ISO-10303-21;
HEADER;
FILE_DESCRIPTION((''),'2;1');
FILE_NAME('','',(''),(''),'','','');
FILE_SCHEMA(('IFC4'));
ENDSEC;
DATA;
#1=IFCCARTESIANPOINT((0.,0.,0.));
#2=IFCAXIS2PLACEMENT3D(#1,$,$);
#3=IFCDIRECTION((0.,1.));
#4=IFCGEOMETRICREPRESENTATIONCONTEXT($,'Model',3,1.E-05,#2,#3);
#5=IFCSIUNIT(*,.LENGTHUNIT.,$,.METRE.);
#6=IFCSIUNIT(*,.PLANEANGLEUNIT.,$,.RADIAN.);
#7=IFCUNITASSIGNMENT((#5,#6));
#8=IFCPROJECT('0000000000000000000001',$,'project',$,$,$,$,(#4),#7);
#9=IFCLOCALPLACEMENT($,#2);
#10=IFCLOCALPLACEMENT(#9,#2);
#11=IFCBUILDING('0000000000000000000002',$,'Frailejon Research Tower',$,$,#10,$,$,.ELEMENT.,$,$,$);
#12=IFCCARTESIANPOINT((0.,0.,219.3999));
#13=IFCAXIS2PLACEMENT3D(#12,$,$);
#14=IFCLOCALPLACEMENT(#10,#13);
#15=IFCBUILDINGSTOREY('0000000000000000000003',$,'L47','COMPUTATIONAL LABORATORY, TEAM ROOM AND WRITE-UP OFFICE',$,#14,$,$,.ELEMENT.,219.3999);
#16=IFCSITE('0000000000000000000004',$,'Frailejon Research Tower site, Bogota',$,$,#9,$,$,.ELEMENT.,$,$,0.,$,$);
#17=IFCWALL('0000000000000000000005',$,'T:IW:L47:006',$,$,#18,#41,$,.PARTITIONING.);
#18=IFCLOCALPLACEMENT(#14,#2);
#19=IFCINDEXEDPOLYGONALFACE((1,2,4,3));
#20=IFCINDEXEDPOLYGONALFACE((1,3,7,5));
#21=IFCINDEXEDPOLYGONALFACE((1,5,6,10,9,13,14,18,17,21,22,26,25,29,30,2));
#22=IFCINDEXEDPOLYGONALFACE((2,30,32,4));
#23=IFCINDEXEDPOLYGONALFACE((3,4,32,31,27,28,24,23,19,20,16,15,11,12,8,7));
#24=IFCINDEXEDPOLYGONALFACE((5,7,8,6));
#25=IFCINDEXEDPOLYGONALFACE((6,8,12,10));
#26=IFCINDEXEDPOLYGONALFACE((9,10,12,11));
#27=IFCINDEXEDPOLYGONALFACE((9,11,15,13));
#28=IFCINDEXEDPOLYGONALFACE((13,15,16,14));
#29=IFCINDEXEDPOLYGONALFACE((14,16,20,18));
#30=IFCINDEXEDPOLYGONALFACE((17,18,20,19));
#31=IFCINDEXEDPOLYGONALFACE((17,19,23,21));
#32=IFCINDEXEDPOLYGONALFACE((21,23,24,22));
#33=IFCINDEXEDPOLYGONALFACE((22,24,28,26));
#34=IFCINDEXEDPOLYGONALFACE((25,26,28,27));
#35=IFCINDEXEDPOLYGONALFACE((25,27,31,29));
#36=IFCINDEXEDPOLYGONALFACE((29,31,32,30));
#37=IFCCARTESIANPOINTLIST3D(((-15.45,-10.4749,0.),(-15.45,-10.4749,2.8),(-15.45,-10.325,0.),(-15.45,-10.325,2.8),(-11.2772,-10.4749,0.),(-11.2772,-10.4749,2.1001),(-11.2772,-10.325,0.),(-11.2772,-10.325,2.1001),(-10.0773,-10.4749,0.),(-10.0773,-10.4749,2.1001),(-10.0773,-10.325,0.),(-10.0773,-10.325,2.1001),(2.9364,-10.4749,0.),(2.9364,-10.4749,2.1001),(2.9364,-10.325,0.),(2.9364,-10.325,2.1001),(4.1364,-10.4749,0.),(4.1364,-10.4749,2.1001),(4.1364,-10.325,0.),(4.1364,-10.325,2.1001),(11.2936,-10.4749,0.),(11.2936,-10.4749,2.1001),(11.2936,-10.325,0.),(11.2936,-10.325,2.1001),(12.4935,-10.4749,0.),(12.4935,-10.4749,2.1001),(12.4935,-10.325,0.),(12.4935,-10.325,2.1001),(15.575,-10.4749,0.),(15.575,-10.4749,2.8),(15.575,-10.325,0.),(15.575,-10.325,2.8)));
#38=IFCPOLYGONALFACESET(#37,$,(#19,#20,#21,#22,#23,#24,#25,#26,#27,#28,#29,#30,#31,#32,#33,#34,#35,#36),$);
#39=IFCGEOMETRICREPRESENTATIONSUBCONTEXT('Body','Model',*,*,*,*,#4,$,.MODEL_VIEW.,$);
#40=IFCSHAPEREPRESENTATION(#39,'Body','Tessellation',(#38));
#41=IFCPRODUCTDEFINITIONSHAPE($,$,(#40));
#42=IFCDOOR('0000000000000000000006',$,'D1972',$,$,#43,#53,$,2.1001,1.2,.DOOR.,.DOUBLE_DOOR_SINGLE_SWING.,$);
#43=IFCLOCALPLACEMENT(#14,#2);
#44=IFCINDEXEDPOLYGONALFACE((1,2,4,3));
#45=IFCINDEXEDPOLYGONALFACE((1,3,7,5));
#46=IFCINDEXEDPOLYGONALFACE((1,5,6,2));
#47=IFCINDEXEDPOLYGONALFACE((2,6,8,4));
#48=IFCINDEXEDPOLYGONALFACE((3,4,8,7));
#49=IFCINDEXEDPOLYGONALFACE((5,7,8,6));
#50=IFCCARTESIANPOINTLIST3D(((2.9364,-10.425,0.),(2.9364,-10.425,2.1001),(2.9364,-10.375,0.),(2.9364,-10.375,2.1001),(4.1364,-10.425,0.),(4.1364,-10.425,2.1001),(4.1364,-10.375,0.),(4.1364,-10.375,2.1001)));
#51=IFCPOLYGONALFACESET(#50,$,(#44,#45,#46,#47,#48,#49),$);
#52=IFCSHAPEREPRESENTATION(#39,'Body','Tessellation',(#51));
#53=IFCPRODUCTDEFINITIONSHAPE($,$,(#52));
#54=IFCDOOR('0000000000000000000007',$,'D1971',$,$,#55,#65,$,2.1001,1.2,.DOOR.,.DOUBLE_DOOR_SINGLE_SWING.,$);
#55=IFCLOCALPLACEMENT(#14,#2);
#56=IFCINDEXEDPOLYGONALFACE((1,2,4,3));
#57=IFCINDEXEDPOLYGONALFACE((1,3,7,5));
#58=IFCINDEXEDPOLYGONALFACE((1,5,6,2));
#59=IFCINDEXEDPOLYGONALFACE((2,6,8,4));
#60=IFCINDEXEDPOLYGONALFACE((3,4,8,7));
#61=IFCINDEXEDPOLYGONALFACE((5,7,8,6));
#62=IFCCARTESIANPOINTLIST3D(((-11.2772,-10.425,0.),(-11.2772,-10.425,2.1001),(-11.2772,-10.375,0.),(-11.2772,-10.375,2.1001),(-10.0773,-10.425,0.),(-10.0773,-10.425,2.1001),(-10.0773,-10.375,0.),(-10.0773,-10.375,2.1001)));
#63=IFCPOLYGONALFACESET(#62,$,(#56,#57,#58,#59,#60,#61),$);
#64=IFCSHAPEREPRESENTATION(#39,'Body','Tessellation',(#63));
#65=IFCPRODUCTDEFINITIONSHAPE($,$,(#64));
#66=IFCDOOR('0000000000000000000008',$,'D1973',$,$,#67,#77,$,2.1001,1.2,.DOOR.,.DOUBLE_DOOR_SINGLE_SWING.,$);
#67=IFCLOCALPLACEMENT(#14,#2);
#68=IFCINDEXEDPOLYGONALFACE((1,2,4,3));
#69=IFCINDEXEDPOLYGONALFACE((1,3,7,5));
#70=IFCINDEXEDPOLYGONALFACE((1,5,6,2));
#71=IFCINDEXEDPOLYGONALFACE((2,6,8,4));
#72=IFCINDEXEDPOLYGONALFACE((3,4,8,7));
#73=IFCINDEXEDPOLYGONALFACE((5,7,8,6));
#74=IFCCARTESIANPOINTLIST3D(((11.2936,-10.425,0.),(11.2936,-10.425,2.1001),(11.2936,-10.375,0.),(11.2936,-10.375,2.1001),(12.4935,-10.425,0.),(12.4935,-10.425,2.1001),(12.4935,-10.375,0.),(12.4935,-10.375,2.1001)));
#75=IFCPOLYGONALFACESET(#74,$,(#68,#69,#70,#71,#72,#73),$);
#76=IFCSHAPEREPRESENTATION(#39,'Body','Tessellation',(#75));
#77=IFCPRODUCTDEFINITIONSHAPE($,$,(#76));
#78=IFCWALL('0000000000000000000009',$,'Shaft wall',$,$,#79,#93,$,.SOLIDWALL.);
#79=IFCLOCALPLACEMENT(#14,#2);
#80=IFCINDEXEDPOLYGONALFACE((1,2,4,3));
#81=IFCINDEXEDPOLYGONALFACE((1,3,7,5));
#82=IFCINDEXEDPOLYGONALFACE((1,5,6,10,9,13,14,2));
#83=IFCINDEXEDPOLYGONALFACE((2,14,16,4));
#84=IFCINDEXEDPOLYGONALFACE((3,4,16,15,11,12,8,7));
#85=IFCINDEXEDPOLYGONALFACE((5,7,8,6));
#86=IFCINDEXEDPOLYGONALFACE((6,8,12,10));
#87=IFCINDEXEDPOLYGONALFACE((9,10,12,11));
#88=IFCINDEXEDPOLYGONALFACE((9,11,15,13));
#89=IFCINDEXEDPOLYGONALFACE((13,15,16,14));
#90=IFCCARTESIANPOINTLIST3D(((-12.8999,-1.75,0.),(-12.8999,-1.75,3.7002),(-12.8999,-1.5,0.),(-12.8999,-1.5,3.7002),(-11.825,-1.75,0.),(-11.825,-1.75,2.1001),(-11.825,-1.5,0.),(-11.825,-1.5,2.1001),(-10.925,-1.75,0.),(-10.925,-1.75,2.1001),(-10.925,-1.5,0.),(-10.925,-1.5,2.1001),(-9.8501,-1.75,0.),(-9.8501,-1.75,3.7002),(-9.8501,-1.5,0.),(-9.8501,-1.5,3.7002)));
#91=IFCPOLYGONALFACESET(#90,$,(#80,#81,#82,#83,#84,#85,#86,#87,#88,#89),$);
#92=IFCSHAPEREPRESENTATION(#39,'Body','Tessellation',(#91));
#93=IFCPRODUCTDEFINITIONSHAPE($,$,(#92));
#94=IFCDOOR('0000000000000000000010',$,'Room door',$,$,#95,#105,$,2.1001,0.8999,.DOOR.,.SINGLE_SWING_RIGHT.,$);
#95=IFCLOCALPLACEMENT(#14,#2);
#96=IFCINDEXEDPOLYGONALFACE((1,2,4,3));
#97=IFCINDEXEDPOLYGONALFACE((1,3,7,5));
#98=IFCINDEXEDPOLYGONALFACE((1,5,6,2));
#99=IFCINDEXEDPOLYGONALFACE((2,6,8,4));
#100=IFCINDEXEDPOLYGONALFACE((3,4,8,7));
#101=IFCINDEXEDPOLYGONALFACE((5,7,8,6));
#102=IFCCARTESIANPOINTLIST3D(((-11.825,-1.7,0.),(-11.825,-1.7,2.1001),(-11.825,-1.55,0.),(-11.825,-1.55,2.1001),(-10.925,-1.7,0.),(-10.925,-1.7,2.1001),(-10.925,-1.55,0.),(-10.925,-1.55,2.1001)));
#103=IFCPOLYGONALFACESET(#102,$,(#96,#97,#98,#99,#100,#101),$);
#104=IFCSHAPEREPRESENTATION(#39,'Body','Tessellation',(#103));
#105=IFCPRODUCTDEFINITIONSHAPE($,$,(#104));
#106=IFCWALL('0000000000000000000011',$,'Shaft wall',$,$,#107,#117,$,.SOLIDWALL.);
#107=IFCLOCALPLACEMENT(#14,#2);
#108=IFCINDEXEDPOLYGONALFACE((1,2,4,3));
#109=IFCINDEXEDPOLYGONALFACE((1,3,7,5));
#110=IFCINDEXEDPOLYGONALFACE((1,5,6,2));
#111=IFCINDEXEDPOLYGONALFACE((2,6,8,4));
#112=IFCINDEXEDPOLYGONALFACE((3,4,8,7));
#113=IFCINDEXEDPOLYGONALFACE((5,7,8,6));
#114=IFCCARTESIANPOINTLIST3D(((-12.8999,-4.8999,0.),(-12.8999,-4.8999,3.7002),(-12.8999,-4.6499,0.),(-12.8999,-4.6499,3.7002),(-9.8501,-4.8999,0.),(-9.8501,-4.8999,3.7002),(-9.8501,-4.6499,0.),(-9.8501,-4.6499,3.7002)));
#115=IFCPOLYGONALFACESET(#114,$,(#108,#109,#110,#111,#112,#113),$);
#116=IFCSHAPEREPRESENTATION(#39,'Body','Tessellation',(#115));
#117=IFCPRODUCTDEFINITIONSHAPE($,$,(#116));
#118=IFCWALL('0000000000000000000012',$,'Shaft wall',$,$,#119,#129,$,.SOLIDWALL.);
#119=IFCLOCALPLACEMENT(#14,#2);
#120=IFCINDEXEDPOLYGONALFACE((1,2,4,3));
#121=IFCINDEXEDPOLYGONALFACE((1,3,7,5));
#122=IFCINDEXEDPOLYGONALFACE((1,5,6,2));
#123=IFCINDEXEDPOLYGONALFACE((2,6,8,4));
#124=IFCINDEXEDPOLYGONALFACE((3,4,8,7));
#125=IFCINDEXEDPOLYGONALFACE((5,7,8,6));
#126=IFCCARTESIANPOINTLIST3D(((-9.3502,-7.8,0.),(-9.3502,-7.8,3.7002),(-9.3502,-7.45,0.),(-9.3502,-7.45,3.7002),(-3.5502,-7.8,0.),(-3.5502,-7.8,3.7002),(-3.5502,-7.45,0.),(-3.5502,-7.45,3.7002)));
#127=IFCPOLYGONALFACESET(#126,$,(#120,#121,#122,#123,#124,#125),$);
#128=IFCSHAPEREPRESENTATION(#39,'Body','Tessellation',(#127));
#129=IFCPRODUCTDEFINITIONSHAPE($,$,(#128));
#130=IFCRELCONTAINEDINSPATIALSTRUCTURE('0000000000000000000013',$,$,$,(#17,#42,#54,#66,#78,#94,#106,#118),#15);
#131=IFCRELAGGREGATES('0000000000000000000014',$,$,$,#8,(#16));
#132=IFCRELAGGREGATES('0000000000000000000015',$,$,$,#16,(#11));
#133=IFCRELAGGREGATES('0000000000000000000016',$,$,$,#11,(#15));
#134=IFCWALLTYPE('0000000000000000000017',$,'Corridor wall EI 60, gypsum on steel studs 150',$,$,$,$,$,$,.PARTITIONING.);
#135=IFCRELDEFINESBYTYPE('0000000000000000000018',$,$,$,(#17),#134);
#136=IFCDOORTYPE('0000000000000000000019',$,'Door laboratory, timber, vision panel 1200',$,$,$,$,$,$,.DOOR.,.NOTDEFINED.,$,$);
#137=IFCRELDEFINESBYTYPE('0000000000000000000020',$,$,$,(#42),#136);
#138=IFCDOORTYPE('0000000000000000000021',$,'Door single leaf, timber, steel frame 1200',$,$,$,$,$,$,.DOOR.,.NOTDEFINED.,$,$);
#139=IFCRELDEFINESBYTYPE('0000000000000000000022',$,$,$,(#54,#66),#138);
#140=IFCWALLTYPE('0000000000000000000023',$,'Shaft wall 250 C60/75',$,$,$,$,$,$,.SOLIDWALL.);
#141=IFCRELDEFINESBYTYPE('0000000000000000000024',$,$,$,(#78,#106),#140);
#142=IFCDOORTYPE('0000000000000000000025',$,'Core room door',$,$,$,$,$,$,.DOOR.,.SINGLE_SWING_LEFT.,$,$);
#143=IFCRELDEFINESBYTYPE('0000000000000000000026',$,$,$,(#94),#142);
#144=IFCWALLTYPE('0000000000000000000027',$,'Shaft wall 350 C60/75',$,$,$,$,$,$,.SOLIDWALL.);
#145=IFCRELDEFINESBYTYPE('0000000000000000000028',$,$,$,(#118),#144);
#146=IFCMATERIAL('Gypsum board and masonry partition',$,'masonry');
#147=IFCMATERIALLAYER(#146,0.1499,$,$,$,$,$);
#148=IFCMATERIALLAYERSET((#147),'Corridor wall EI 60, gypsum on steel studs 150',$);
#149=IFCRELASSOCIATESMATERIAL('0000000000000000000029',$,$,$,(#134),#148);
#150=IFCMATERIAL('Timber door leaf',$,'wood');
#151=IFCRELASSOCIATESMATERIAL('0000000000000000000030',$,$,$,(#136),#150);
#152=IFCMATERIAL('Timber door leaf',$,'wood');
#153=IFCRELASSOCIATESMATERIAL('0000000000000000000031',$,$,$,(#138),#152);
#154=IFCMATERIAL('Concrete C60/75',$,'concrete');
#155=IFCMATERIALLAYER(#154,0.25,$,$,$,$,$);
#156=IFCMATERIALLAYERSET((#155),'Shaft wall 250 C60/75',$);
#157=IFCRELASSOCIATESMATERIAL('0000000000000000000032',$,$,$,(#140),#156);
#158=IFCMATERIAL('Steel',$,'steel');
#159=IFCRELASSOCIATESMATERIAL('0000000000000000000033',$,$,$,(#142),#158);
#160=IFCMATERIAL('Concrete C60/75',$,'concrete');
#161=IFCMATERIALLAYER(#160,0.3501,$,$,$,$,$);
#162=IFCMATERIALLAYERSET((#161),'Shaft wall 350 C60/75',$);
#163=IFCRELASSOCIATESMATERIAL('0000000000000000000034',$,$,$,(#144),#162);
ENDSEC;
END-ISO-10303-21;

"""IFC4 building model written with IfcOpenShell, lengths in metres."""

from ifc_helpers import new_model, si_unit, direction, frame, frame_2d, origin, place, context, subcontext, project, spatial, rectangle, extrude, material, layer, layer_set, type_object, element, fill, save


model = new_model("IFC4")

# Units and contexts
model_context = context("Model", 3, precision=1e-05, world=origin(), true_north=direction((0.0, 1.0)))
body_context = subcontext(model_context, "Body", "Model", "MODEL_VIEW")
ifc_project = project(units=[si_unit("LENGTHUNIT", "METRE"), si_unit("PLANEANGLEUNIT", "RADIAN")], contexts=[model_context])

# Site, building, storey
site_placement = place(None, origin())
site = spatial("IfcSite", under=ifc_project, at=site_placement, Name="Frailejon Research Tower site, Bogota", CompositionType="ELEMENT", RefElevation=0.0)
building_placement = place(site_placement, origin())
building = spatial("IfcBuilding", under=site, at=building_placement, Name="Frailejon Research Tower", CompositionType="ELEMENT")
storey_placement = place(building_placement, frame((0.0, 0.0, 219.3999)))
storey = spatial("IfcBuildingStorey", under=building, at=storey_placement, Name="L47", Description="COMPUTATIONAL LABORATORY, TEAM ROOM AND WRITE-UP OFFICE", CompositionType="ELEMENT", Elevation=219.3999)

# Shared definitions
ifc_material_1 = material(Name="Gypsum board and masonry partition", Category="masonry")
ifc_layer_1 = layer(ifc_material_1, 0.1499)
ifc_layer_set_1 = layer_set([ifc_layer_1], Name="Corridor wall EI 60, gypsum on steel studs 150")
wall_type_1 = type_object("IfcWallType", Name="Corridor wall EI 60, gypsum on steel studs 150", PredefinedType="PARTITIONING", material=ifc_layer_set_1)

# Wall, openings, doors
wall_1_placement = place(storey_placement, frame((-15.45, -10.3999, 0.0), z_axis=(0.0, 0.0, 1.0), x_axis=(1.0, 0.0, 0.0)))
wall_1 = element("IfcWall", 1, at=wall_1_placement, inside=storey, type_object=wall_type_1, Name="T:IW:L47:006", PredefinedType="PARTITIONING", context=body_context, shape_type="SweptSolid", body=[
    extrude(rectangle(XDim=31.0249, YDim=0.1499, at=frame_2d((15.5125, 0.0))), origin(), (0.0, 0.0, 1.0), 2.8),
])
opening_1_placement = place(wall_1_placement, frame((4.1726, 0.0, 0.0)))
opening_1 = element("IfcOpeningElement", 2, at=opening_1_placement, cuts=wall_1, PredefinedType="OPENING", context=body_context, shape_type="SweptSolid", body=[
    extrude(rectangle(XDim=1.2, YDim=2.1001, at=frame_2d((0.6001, 1.05))), frame((0.0, 0.085, 0.0), z_axis=(0.0, -1.0, 0.0), x_axis=(1.0, 0.0, 0.0)), (0.0, 0.0, 1.0), 0.1699),
])
opening_2_placement = place(wall_1_placement, frame((18.3862, 0.0, 0.0)))
opening_2 = element("IfcOpeningElement", 3, at=opening_2_placement, cuts=wall_1, PredefinedType="OPENING", context=body_context, shape_type="SweptSolid", body=[
    extrude(rectangle(XDim=1.2, YDim=2.1001, at=frame_2d((0.6001, 1.05))), frame((0.0, 0.085, 0.0), z_axis=(0.0, -1.0, 0.0), x_axis=(1.0, 0.0, 0.0)), (0.0, 0.0, 1.0), 0.1699),
])
opening_3_placement = place(wall_1_placement, frame((26.7434, 0.0, 0.0)))
opening_3 = element("IfcOpeningElement", 4, at=opening_3_placement, cuts=wall_1, PredefinedType="OPENING", context=body_context, shape_type="SweptSolid", body=[
    extrude(rectangle(XDim=1.2, YDim=2.1001, at=frame_2d((0.6001, 1.05))), frame((0.0, 0.085, 0.0), z_axis=(0.0, -1.0, 0.0), x_axis=(1.0, 0.0, 0.0)), (0.0, 0.0, 1.0), 0.1699),
])
ifc_material_2 = material(Name="Timber door leaf", Category="wood")
door_type_1 = type_object("IfcDoorType", Name="Door laboratory, timber, vision panel 1200", OperationType="NOTDEFINED", PredefinedType="DOOR", material=ifc_material_2)
door_1_placement = place(opening_2_placement, origin())
door_1 = element("IfcDoor", 5, at=door_1_placement, inside=storey, type_object=door_type_1, Name="D1972", OperationType="DOUBLE_DOOR_SINGLE_SWING", OverallHeight=2.1001, OverallWidth=1.2, PredefinedType="DOOR", context=body_context, shape_type="SweptSolid", body=[
    extrude(rectangle(XDim=1.2, YDim=2.1001, at=frame_2d((0.6001, 1.05))), frame((0.0, 0.0249, 0.0), z_axis=(0.0, -1.0, 0.0), x_axis=(1.0, 0.0, 0.0)), (0.0, 0.0, 1.0), 0.05),
])
fill(opening_2, door_1)
ifc_material_3 = material(Name="Timber door leaf", Category="wood")
door_type_2 = type_object("IfcDoorType", Name="Door single leaf, timber, steel frame 1200", OperationType="NOTDEFINED", PredefinedType="DOOR", material=ifc_material_3)
door_2_placement = place(opening_1_placement, origin())
door_2 = element("IfcDoor", 6, at=door_2_placement, inside=storey, type_object=door_type_2, Name="D1971", OperationType="DOUBLE_DOOR_SINGLE_SWING", OverallHeight=2.1001, OverallWidth=1.2, PredefinedType="DOOR", context=body_context, shape_type="SweptSolid", body=[
    extrude(rectangle(XDim=1.2, YDim=2.1001, at=frame_2d((0.6001, 1.05))), frame((0.0, 0.0249, 0.0), z_axis=(0.0, -1.0, 0.0), x_axis=(1.0, 0.0, 0.0)), (0.0, 0.0, 1.0), 0.05),
])
fill(opening_1, door_2)
door_3_placement = place(opening_3_placement, origin())
door_3 = element("IfcDoor", 7, at=door_3_placement, inside=storey, type_object=door_type_2, Name="D1973", OperationType="DOUBLE_DOOR_SINGLE_SWING", OverallHeight=2.1001, OverallWidth=1.2, PredefinedType="DOOR", context=body_context, shape_type="SweptSolid", body=[
    extrude(rectangle(XDim=1.2, YDim=2.1001, at=frame_2d((0.6001, 1.05))), frame((0.0, 0.0249, 0.0), z_axis=(0.0, -1.0, 0.0), x_axis=(1.0, 0.0, 0.0)), (0.0, 0.0, 1.0), 0.05),
])
fill(opening_3, door_3)

# Wall, opening, door
ifc_material_4 = material(Name="Concrete C60/75", Category="concrete")
ifc_layer_2 = layer(ifc_material_4, 0.25)
ifc_layer_set_2 = layer_set([ifc_layer_2], Name="Shaft wall 250 C60/75")
wall_type_2 = type_object("IfcWallType", Name="Shaft wall 250 C60/75", PredefinedType="SOLIDWALL", material=ifc_layer_set_2)
wall_2_placement = place(storey_placement, frame((-12.8999, -1.625, 0.0), z_axis=(0.0, 0.0, 1.0), x_axis=(1.0, 0.0, 0.0)))
wall_2 = element("IfcWall", 8, at=wall_2_placement, inside=storey, type_object=wall_type_2, Name="Shaft wall", PredefinedType="SOLIDWALL", context=body_context, shape_type="SweptSolid", body=[
    extrude(rectangle(XDim=3.0498, YDim=0.25, at=frame_2d((1.5249, 0.0))), origin(), (0.0, 0.0, 1.0), 3.7002),
])
opening_4_placement = place(wall_2_placement, frame((1.075, 0.0, 0.0)))
opening_4 = element("IfcOpeningElement", 9, at=opening_4_placement, cuts=wall_2, PredefinedType="OPENING", context=body_context, shape_type="SweptSolid", body=[
    extrude(rectangle(XDim=0.8999, YDim=2.1001, at=frame_2d((0.45, 1.05))), frame((0.0, 0.135, 0.0), z_axis=(0.0, -1.0, 0.0), x_axis=(1.0, 0.0, 0.0)), (0.0, 0.0, 1.0), 0.27),
])
ifc_material_5 = material(Name="Steel", Category="steel")
door_type_3 = type_object("IfcDoorType", Name="Core room door", OperationType="SINGLE_SWING_LEFT", PredefinedType="DOOR", material=ifc_material_5)
door_4_placement = place(opening_4_placement, origin())
door_4 = element("IfcDoor", 10, at=door_4_placement, inside=storey, type_object=door_type_3, Name="Room door", OperationType="SINGLE_SWING_RIGHT", OverallHeight=2.1001, OverallWidth=0.8999, PredefinedType="DOOR", context=body_context, shape_type="SweptSolid", body=[
    extrude(rectangle(XDim=0.8999, YDim=2.1001, at=frame_2d((0.45, 1.05))), frame((0.0, 0.075, 0.0), z_axis=(0.0, -1.0, 0.0), x_axis=(1.0, 0.0, 0.0)), (0.0, 0.0, 1.0), 0.1499),
])
fill(opening_4, door_4)

# Walls
wall_3_placement = place(storey_placement, frame((-12.8999, -4.7749, 0.0), z_axis=(0.0, 0.0, 1.0), x_axis=(1.0, 0.0, 0.0)))
element("IfcWall", 11, at=wall_3_placement, inside=storey, type_object=wall_type_2, Name="Shaft wall", PredefinedType="SOLIDWALL", context=body_context, shape_type="SweptSolid", body=[
    extrude(rectangle(XDim=3.0498, YDim=0.25, at=frame_2d((1.5249, 0.0))), origin(), (0.0, 0.0, 1.0), 3.7002),
])
ifc_material_6 = material(Name="Concrete C60/75", Category="concrete")
ifc_layer_3 = layer(ifc_material_6, 0.3501)
ifc_layer_set_3 = layer_set([ifc_layer_3], Name="Shaft wall 350 C60/75")
wall_type_3 = type_object("IfcWallType", Name="Shaft wall 350 C60/75", PredefinedType="SOLIDWALL", material=ifc_layer_set_3)
wall_4_placement = place(storey_placement, frame((-9.3501, -7.625, 0.0), z_axis=(0.0, 0.0, 1.0), x_axis=(1.0, 0.0, 0.0)))
element("IfcWall", 12, at=wall_4_placement, inside=storey, type_object=wall_type_3, Name="Shaft wall", PredefinedType="SOLIDWALL", context=body_context, shape_type="SweptSolid", body=[
    extrude(rectangle(XDim=5.8, YDim=0.3501, at=frame_2d((2.8999, 0.0))), origin(), (0.0, 0.0, 1.0), 3.7002),
])

save(model, "model.ifc")
